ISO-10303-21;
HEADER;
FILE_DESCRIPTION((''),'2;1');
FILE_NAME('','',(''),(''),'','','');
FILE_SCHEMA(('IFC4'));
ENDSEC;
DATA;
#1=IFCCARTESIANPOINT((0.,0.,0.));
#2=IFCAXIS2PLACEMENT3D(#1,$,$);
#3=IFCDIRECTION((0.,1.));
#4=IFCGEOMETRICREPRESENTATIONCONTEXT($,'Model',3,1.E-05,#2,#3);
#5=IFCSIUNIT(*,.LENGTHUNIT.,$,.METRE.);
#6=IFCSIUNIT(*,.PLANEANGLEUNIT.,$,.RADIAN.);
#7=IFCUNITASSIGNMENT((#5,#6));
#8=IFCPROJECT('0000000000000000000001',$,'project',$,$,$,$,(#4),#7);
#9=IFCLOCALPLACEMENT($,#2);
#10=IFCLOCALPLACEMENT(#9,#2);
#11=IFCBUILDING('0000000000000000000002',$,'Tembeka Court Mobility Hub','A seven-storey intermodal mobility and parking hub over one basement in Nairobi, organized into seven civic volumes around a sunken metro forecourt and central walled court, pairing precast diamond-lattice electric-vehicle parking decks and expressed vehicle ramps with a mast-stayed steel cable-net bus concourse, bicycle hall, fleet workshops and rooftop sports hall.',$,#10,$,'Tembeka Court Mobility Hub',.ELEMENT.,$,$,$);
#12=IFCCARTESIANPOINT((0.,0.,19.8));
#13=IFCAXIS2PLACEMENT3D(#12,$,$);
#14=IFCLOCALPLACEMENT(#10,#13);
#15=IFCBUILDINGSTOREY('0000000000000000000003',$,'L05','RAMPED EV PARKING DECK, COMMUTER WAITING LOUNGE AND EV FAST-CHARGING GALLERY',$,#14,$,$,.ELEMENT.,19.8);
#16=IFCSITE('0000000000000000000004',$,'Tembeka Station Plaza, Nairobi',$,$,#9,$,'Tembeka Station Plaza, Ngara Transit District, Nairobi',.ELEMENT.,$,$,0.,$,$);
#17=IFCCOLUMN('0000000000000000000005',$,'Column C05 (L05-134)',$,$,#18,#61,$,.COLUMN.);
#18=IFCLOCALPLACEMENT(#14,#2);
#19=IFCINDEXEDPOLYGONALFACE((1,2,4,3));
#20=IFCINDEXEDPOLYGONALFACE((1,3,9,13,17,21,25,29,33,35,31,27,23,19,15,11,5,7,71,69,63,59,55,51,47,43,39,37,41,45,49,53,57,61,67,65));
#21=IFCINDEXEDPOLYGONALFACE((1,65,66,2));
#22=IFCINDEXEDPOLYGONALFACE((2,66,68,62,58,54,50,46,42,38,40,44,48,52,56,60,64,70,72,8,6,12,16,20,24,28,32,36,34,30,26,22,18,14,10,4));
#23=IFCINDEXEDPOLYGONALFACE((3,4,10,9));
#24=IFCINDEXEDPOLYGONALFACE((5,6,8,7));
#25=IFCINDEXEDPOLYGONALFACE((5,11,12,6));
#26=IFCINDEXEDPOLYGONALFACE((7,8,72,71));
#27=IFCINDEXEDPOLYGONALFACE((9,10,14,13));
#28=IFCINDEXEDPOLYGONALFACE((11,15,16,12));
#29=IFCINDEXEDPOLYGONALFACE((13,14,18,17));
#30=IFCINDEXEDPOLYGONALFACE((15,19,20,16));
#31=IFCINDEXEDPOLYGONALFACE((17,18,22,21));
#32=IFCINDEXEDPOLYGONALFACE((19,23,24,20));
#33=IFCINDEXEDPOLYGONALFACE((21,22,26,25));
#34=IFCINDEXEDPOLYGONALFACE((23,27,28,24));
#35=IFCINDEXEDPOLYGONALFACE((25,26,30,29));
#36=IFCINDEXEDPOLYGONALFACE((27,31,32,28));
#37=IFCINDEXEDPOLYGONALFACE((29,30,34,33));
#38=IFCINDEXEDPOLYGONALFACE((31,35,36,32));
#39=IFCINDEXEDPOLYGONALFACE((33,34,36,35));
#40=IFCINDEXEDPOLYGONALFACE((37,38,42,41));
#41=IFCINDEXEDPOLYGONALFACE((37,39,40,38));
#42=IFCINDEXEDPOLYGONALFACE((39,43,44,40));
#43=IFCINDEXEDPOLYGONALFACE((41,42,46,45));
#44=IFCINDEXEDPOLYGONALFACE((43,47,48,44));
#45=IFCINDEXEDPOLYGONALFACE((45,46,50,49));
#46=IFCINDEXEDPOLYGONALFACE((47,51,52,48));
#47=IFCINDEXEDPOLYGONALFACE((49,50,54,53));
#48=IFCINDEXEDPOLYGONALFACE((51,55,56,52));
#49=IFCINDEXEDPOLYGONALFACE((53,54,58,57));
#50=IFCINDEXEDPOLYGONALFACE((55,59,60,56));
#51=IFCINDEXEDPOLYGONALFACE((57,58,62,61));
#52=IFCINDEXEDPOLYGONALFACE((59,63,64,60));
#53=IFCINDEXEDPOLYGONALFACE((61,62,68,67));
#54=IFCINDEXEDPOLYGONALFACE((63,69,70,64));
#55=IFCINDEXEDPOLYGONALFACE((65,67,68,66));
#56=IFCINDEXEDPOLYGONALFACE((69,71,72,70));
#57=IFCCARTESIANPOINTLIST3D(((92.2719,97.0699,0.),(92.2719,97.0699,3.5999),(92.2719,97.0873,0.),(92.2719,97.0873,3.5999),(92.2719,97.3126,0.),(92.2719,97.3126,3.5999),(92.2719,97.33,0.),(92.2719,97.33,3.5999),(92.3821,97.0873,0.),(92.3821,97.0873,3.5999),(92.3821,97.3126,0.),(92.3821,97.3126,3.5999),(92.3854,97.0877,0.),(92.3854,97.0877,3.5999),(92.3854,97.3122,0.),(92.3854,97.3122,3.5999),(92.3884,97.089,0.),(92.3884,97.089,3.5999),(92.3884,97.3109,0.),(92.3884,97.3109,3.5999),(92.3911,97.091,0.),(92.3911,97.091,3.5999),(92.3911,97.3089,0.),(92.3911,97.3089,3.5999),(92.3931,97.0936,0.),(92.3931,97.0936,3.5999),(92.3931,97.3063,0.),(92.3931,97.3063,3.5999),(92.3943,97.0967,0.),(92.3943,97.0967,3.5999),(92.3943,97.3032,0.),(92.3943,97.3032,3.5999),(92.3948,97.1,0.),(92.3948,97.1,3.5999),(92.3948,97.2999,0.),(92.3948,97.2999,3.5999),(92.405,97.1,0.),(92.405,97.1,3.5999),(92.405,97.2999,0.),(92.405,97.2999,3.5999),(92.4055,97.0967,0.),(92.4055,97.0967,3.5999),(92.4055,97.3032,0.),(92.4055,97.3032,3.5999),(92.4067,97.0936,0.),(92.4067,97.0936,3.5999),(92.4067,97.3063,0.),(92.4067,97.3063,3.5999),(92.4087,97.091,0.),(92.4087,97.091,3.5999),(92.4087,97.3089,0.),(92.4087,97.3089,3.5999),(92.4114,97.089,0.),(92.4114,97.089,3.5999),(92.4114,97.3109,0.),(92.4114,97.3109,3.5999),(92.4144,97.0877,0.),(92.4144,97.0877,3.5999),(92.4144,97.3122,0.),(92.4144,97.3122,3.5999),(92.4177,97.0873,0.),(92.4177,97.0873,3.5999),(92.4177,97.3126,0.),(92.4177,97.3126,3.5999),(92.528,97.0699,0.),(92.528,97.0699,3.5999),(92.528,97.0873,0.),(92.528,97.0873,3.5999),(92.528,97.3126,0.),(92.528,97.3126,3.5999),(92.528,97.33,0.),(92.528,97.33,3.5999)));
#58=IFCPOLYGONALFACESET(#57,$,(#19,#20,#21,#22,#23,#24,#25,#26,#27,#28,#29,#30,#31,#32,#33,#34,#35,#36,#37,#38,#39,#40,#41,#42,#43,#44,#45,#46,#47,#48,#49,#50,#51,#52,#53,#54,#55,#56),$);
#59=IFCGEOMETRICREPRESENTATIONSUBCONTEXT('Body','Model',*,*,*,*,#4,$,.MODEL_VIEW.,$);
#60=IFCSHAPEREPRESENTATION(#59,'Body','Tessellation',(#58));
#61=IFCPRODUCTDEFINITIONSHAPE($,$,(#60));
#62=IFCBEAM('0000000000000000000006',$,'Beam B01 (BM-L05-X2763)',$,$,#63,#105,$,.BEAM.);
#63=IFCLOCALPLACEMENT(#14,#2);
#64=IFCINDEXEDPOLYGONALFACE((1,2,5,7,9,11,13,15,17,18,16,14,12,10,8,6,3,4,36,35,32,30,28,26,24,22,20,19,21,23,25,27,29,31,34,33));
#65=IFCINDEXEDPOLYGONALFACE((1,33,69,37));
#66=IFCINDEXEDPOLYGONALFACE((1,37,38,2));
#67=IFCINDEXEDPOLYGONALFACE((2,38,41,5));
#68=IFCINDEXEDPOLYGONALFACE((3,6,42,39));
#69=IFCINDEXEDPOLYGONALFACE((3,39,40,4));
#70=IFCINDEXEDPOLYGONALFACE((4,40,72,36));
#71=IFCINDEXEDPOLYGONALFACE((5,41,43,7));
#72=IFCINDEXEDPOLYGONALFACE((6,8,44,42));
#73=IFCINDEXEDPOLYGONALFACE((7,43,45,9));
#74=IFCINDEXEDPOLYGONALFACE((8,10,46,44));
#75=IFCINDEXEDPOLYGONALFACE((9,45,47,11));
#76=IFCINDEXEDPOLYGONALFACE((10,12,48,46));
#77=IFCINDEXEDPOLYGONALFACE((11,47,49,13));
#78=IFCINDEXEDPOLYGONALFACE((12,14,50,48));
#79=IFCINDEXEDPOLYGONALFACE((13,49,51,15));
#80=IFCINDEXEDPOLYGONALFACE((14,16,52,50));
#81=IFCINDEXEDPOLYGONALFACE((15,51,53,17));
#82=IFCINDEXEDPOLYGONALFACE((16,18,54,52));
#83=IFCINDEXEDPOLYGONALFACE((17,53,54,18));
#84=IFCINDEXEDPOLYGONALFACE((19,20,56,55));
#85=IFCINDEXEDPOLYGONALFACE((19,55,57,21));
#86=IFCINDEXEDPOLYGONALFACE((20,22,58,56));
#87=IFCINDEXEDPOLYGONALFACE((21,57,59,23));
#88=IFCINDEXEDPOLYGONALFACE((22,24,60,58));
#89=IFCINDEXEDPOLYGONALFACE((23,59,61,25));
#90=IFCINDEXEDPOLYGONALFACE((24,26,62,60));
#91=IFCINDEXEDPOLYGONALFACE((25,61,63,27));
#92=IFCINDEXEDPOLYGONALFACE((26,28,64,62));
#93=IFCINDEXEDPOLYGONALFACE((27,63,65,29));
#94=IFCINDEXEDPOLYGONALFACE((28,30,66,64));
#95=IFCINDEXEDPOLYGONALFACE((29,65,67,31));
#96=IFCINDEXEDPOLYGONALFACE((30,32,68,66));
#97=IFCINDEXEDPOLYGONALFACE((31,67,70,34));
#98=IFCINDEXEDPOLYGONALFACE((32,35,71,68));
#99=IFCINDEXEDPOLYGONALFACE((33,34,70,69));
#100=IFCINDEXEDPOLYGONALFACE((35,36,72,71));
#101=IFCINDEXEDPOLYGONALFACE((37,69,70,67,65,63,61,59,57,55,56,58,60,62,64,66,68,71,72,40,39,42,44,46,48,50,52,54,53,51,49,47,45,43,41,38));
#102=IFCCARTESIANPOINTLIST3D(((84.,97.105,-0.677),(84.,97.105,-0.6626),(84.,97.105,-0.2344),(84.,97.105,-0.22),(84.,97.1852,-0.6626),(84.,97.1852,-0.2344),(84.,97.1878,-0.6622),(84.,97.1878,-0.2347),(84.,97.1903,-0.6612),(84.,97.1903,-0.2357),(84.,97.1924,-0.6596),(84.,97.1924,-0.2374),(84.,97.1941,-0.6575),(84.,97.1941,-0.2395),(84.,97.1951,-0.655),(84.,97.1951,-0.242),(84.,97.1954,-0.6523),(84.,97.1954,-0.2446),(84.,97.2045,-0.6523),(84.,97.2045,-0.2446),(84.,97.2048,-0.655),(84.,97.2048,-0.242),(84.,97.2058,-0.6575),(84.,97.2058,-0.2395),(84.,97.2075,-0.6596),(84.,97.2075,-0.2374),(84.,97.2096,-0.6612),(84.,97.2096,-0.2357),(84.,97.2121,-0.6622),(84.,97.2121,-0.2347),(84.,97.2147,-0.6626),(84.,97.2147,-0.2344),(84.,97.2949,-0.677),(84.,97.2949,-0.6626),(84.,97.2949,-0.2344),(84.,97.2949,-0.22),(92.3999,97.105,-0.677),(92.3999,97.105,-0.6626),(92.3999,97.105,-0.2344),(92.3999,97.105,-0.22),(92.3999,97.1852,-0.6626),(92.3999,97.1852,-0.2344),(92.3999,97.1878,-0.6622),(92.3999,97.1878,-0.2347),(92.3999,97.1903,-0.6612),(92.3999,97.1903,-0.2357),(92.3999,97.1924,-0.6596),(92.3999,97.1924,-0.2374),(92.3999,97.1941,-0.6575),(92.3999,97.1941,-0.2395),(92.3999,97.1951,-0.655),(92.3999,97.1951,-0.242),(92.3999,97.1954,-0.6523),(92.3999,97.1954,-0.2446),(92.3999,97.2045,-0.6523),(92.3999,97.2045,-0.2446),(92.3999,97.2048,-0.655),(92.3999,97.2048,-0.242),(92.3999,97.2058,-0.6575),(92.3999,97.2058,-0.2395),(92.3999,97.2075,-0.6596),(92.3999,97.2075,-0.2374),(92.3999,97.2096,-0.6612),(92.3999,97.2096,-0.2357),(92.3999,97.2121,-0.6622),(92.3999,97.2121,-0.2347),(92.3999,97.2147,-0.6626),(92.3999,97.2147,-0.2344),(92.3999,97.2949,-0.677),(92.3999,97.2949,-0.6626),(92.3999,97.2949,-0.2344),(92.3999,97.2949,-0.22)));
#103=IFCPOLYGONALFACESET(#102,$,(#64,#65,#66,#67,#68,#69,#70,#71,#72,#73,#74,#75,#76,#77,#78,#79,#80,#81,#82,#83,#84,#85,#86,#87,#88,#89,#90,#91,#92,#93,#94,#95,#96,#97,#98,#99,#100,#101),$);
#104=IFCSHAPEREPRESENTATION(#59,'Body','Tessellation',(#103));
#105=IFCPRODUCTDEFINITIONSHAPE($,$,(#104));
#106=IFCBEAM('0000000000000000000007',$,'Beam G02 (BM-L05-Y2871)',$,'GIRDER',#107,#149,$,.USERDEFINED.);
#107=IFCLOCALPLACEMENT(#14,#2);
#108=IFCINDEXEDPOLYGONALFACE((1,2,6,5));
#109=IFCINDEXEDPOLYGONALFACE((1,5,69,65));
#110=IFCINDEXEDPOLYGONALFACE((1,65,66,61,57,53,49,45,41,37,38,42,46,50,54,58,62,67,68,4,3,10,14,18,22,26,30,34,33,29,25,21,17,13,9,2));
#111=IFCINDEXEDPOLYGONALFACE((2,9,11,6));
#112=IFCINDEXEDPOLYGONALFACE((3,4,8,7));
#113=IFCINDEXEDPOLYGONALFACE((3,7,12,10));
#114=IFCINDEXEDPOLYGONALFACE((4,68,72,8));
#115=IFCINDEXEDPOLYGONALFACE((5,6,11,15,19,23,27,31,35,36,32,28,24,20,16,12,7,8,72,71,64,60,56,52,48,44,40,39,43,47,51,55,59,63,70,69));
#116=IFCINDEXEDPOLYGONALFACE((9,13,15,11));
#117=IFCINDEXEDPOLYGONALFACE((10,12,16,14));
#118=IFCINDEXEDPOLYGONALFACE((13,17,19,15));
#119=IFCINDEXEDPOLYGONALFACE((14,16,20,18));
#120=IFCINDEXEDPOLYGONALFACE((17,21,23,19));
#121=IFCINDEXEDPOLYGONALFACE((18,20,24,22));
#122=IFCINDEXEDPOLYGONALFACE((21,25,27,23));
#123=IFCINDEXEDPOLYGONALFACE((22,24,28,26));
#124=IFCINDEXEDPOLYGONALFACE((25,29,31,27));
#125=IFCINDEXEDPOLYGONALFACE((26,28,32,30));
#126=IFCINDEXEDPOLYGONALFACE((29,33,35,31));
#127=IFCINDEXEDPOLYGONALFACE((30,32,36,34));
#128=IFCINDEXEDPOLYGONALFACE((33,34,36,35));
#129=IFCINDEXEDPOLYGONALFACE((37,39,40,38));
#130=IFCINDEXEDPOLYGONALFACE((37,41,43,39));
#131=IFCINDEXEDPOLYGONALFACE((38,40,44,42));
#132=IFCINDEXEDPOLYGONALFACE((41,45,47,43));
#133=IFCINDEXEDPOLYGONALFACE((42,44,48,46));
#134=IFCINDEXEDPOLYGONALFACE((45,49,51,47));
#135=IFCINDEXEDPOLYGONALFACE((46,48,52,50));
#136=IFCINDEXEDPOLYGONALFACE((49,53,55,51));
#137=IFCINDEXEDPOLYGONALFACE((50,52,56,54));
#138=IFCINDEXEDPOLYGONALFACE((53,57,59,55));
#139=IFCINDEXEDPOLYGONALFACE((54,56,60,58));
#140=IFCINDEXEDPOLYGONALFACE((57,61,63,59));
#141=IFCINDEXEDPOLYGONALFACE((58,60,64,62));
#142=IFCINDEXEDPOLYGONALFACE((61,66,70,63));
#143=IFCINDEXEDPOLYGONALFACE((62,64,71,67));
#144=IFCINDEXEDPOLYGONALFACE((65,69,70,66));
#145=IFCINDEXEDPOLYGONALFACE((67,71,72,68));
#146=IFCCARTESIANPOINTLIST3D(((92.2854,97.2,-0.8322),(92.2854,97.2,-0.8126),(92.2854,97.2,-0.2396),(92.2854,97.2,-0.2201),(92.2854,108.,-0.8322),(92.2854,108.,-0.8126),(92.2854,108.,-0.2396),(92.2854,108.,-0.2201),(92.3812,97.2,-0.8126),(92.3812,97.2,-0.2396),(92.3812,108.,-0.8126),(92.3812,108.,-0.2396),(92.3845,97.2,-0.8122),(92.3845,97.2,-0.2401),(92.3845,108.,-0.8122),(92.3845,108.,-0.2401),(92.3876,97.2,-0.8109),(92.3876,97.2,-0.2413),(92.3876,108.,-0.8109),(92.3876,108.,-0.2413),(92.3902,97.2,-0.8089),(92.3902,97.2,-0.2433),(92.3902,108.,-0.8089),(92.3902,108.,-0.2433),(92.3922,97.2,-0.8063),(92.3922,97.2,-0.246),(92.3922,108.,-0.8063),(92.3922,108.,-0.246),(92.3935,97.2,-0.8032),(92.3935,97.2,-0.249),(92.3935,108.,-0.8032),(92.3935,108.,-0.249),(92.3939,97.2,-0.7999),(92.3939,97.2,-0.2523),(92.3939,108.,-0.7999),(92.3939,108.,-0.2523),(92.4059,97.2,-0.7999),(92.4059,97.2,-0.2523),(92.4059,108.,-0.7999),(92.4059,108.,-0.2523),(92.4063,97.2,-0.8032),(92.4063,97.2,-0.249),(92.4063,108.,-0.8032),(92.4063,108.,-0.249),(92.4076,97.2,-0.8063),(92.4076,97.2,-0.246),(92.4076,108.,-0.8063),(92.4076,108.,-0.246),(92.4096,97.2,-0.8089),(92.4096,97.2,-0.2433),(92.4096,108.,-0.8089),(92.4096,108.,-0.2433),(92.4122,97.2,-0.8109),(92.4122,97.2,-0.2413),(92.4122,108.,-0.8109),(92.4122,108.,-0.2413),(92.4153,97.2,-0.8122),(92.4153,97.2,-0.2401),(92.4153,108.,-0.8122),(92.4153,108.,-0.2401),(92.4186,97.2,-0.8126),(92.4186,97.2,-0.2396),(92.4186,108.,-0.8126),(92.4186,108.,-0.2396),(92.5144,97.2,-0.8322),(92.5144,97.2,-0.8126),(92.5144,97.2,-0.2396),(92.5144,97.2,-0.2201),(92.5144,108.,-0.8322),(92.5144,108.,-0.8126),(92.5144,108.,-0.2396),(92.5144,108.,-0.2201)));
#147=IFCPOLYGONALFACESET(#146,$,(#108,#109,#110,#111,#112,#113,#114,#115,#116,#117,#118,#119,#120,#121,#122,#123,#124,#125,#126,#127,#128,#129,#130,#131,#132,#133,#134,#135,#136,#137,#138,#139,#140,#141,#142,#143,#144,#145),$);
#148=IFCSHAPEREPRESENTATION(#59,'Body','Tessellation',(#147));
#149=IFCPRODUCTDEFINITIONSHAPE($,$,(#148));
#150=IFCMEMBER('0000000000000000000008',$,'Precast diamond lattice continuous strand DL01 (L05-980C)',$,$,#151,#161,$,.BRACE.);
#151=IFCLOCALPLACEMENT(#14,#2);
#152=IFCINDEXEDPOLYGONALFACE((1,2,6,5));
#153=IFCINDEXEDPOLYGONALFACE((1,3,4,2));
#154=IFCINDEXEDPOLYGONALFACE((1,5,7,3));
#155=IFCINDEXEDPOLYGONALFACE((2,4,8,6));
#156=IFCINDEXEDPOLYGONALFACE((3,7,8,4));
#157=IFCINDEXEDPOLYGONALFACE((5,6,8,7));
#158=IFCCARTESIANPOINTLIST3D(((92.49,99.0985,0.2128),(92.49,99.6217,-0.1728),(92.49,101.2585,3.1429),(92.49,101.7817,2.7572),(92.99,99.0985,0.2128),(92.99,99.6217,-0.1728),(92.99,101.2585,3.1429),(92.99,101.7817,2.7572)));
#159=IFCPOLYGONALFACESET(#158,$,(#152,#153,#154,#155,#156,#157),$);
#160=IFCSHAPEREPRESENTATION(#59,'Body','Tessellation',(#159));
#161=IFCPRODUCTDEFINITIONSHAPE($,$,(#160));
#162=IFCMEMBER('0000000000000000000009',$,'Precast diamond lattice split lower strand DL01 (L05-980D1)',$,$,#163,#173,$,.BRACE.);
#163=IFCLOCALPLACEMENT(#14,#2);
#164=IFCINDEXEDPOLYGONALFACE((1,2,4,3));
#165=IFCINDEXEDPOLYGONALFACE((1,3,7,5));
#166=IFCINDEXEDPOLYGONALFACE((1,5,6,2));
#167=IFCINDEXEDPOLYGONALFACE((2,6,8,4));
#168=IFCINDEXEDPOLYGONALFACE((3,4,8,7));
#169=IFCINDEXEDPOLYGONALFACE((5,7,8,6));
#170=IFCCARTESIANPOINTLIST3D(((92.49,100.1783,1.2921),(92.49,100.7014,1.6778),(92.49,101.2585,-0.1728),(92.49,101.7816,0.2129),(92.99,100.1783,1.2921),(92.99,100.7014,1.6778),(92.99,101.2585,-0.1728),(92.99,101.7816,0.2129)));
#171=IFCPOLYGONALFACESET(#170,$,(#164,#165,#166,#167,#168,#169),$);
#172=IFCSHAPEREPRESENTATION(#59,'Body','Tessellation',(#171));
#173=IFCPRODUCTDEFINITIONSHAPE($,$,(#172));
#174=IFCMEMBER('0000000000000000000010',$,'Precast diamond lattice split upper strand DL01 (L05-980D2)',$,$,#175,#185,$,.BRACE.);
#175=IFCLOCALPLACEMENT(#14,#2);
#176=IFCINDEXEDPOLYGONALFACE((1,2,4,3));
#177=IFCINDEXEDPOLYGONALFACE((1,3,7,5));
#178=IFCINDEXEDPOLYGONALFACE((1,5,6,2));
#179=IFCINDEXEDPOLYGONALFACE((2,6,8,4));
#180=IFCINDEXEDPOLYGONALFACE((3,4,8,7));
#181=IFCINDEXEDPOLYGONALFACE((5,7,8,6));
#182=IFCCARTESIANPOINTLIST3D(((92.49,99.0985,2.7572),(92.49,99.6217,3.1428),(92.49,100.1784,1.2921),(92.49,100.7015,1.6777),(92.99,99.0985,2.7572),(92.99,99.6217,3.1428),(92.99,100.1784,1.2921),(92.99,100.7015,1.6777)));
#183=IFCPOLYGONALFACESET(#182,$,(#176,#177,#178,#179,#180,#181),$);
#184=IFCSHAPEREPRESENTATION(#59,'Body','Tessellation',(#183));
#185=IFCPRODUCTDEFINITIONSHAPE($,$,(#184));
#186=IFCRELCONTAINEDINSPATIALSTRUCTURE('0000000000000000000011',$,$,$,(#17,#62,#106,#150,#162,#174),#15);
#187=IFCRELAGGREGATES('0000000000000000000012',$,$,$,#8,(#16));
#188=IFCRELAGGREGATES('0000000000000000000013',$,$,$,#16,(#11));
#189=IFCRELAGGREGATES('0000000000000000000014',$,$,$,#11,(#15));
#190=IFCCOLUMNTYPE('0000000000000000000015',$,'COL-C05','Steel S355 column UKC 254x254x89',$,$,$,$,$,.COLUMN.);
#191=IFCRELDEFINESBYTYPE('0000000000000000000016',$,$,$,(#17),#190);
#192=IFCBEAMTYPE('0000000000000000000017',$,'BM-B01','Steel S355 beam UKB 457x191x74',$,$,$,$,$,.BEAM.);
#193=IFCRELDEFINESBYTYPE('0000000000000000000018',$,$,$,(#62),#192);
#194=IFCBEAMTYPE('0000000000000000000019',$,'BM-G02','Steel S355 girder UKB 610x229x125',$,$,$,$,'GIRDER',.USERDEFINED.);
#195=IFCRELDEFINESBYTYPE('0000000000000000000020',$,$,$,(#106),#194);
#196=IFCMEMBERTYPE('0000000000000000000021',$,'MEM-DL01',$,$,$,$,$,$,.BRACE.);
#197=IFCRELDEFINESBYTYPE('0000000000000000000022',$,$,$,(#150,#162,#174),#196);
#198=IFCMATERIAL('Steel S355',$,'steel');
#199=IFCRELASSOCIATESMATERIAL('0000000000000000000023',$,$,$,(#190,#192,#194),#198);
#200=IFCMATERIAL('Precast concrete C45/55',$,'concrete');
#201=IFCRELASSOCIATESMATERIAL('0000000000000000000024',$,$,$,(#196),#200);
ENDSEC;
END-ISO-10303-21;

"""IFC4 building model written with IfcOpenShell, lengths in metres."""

from ifc_helpers import new_model, si_unit, direction, frame, origin, origin_2d, place, context, subcontext, project, spatial, rectangle, i_section, extrude, material, material_profile, profile_set, type_object, element, save


model = new_model("IFC4")

# Units and contexts
model_context = context("Model", 3, precision=1e-05, world=origin(), true_north=direction((0.0, 1.0)))
body_context = subcontext(model_context, "Body", "Model", "MODEL_VIEW")
ifc_project = project(units=[si_unit("LENGTHUNIT", "METRE"), si_unit("PLANEANGLEUNIT", "RADIAN")], contexts=[model_context])

# Site, building, storey
site_placement = place(None, origin())
site = spatial("IfcSite", under=ifc_project, at=site_placement, Name="Tembeka Station Plaza, Nairobi", LongName="Tembeka Station Plaza, Ngara Transit District, Nairobi", CompositionType="ELEMENT", RefElevation=0.0)
building_placement = place(site_placement, origin())
building = spatial("IfcBuilding", under=site, at=building_placement, Name="Tembeka Court Mobility Hub", Description="A seven-storey intermodal mobility and parking hub over one basement in Nairobi, organized into seven civic volumes around a sunken metro forecourt and central walled court, pairing precast diamond-lattice electric-vehicle parking decks and expressed vehicle ramps with a mast-stayed steel cable-net bus concourse, bicycle hall, fleet workshops and rooftop sports hall.", LongName="Tembeka Court Mobility Hub", CompositionType="ELEMENT")
storey_placement = place(building_placement, frame((0.0, 0.0, 19.8)))
storey = spatial("IfcBuildingStorey", under=building, at=storey_placement, Name="L05", Description="RAMPED EV PARKING DECK, COMMUTER WAITING LOUNGE AND EV FAST-CHARGING GALLERY", CompositionType="ELEMENT", Elevation=19.8)

# Column
ifc_material_1 = material(Name="Steel S355", Category="steel")
ifc_material_profile_1 = material_profile(ifc_material_1, i_section(OverallWidth=0.2561, OverallDepth=0.26, WebThickness=0.0103, FlangeThickness=0.0173, FilletRadius=0.0127, at=origin_2d()), Name="UKC 254x254x89")
ifc_profile_set_1 = profile_set([ifc_material_profile_1], Name="Steel S355")
column_type = type_object("IfcColumnType", Name="COL-C05", Description="Steel S355 column UKC 254x254x89", PredefinedType="COLUMN", material=ifc_profile_set_1)
column_placement = place(storey_placement, frame((92.3999, 97.2, 0.0), z_axis=(0.0, 0.0, 1.0), x_axis=(1.0, 0.0, 0.0)))
element("IfcColumn", 1, at=column_placement, inside=storey, type_object=column_type, Name="Column C05 (L05-134)", PredefinedType="COLUMN", context=body_context, shape_type="SweptSolid", body=[
    extrude(i_section(OverallWidth=0.2561, OverallDepth=0.26, WebThickness=0.0103, FlangeThickness=0.0173, FilletRadius=0.0127, at=origin_2d()), origin(), (0.0, 0.0, 1.0), 3.5999),
])

# Beams
ifc_material_profile_2 = material_profile(ifc_material_1, i_section(OverallWidth=0.1899, OverallDepth=0.457, WebThickness=0.009, FlangeThickness=0.0144, FilletRadius=0.0103, at=origin_2d()), Name="UKB 457x191x74")
ifc_profile_set_2 = profile_set([ifc_material_profile_2], Name="Steel S355")
beam_type_1 = type_object("IfcBeamType", Name="BM-B01", Description="Steel S355 beam UKB 457x191x74", PredefinedType="BEAM", material=ifc_profile_set_2)
beam_1_placement = place(storey_placement, frame((84.0, 97.2, -0.4485), z_axis=(1.0, 0.0, 0.0), x_axis=(0.0, 1.0, 0.0)))
element("IfcBeam", 2, at=beam_1_placement, inside=storey, type_object=beam_type_1, Name="Beam B01 (BM-L05-X2763)", PredefinedType="BEAM", context=body_context, shape_type="SweptSolid", body=[
    extrude(i_section(OverallWidth=0.1899, OverallDepth=0.457, WebThickness=0.009, FlangeThickness=0.0144, FilletRadius=0.0103, at=origin_2d()), origin(), (0.0, 0.0, 1.0), 8.3999),
])
ifc_material_profile_3 = material_profile(ifc_material_1, i_section(OverallWidth=0.229, OverallDepth=0.6121, WebThickness=0.012, FlangeThickness=0.0195, FilletRadius=0.0127, at=origin_2d()), Name="UKB 610x229x125")
ifc_profile_set_3 = profile_set([ifc_material_profile_3], Name="Steel S355")
beam_type_2 = type_object("IfcBeamType", Name="BM-G02", Description="Steel S355 girder UKB 610x229x125", ElementType="GIRDER", PredefinedType="USERDEFINED", material=ifc_profile_set_3)
beam_2_placement = place(storey_placement, frame((92.3999, 97.2, -0.5261), z_axis=(0.0, 1.0, 0.0), x_axis=(-1.0, 0.0, 0.0)))
element("IfcBeam", 3, at=beam_2_placement, inside=storey, type_object=beam_type_2, Name="Beam G02 (BM-L05-Y2871)", ObjectType="GIRDER", PredefinedType="USERDEFINED", context=body_context, shape_type="SweptSolid", body=[
    extrude(i_section(OverallWidth=0.229, OverallDepth=0.6121, WebThickness=0.012, FlangeThickness=0.0195, FilletRadius=0.0127, at=origin_2d()), origin(), (0.0, 0.0, 1.0), 10.8),
])

# Members
ifc_material_2 = material(Name="Precast concrete C45/55", Category="concrete")
ifc_material_profile_4 = material_profile(ifc_material_2, rectangle(XDim=0.5, YDim=0.6499, at=origin_2d()), Name="PC-DIAG 500x650")
ifc_profile_set_4 = profile_set([ifc_material_profile_4], Name="Precast concrete C45/55")
member_type_1 = type_object("IfcMemberType", Name="MEM-DL01", PredefinedType="BRACE", material=ifc_profile_set_4)
member_1_placement = place(storey_placement, frame((92.74, 99.3601, 0.02), z_axis=(0.0, 0.59338, 0.804923), x_axis=(-1.0, 0.0, 0.0)))
element("IfcMember", 4, at=member_1_placement, inside=storey, type_object=member_type_1, Name="Precast diamond lattice continuous strand DL01 (L05-980C)", PredefinedType="BRACE", context=body_context, shape_type="SweptSolid", body=[
    extrude(rectangle(XDim=0.5, YDim=0.6499, at=origin_2d()), origin(), (0.0, 0.0, 1.0), 3.6401),
])
for number, where, z_axis, x_axis, name in (
    (5, (92.74, 101.52, 0.02), (0.0, -0.593455, 0.804867), (1.0, 0.0, 0.0), "Precast diamond lattice split lower strand DL01 (L05-980D1)"),
    (6, (92.74, 100.4399, 1.4849), (0.0, -0.593304, 0.804978), (1.0, 0.0, 0.0), "Precast diamond lattice split upper strand DL01 (L05-980D2)"),
):
    element("IfcMember", number, at=place(storey_placement, frame(where, z_axis=z_axis, x_axis=x_axis)), inside=storey, type_object=member_type_1, Name=name, PredefinedType="BRACE", context=body_context, shape_type="SweptSolid", body=[
        extrude(rectangle(XDim=0.5, YDim=0.6499, at=origin_2d()), origin(), (0.0, 0.0, 1.0), 1.8201),
    ])

save(model, "model.ifc")
